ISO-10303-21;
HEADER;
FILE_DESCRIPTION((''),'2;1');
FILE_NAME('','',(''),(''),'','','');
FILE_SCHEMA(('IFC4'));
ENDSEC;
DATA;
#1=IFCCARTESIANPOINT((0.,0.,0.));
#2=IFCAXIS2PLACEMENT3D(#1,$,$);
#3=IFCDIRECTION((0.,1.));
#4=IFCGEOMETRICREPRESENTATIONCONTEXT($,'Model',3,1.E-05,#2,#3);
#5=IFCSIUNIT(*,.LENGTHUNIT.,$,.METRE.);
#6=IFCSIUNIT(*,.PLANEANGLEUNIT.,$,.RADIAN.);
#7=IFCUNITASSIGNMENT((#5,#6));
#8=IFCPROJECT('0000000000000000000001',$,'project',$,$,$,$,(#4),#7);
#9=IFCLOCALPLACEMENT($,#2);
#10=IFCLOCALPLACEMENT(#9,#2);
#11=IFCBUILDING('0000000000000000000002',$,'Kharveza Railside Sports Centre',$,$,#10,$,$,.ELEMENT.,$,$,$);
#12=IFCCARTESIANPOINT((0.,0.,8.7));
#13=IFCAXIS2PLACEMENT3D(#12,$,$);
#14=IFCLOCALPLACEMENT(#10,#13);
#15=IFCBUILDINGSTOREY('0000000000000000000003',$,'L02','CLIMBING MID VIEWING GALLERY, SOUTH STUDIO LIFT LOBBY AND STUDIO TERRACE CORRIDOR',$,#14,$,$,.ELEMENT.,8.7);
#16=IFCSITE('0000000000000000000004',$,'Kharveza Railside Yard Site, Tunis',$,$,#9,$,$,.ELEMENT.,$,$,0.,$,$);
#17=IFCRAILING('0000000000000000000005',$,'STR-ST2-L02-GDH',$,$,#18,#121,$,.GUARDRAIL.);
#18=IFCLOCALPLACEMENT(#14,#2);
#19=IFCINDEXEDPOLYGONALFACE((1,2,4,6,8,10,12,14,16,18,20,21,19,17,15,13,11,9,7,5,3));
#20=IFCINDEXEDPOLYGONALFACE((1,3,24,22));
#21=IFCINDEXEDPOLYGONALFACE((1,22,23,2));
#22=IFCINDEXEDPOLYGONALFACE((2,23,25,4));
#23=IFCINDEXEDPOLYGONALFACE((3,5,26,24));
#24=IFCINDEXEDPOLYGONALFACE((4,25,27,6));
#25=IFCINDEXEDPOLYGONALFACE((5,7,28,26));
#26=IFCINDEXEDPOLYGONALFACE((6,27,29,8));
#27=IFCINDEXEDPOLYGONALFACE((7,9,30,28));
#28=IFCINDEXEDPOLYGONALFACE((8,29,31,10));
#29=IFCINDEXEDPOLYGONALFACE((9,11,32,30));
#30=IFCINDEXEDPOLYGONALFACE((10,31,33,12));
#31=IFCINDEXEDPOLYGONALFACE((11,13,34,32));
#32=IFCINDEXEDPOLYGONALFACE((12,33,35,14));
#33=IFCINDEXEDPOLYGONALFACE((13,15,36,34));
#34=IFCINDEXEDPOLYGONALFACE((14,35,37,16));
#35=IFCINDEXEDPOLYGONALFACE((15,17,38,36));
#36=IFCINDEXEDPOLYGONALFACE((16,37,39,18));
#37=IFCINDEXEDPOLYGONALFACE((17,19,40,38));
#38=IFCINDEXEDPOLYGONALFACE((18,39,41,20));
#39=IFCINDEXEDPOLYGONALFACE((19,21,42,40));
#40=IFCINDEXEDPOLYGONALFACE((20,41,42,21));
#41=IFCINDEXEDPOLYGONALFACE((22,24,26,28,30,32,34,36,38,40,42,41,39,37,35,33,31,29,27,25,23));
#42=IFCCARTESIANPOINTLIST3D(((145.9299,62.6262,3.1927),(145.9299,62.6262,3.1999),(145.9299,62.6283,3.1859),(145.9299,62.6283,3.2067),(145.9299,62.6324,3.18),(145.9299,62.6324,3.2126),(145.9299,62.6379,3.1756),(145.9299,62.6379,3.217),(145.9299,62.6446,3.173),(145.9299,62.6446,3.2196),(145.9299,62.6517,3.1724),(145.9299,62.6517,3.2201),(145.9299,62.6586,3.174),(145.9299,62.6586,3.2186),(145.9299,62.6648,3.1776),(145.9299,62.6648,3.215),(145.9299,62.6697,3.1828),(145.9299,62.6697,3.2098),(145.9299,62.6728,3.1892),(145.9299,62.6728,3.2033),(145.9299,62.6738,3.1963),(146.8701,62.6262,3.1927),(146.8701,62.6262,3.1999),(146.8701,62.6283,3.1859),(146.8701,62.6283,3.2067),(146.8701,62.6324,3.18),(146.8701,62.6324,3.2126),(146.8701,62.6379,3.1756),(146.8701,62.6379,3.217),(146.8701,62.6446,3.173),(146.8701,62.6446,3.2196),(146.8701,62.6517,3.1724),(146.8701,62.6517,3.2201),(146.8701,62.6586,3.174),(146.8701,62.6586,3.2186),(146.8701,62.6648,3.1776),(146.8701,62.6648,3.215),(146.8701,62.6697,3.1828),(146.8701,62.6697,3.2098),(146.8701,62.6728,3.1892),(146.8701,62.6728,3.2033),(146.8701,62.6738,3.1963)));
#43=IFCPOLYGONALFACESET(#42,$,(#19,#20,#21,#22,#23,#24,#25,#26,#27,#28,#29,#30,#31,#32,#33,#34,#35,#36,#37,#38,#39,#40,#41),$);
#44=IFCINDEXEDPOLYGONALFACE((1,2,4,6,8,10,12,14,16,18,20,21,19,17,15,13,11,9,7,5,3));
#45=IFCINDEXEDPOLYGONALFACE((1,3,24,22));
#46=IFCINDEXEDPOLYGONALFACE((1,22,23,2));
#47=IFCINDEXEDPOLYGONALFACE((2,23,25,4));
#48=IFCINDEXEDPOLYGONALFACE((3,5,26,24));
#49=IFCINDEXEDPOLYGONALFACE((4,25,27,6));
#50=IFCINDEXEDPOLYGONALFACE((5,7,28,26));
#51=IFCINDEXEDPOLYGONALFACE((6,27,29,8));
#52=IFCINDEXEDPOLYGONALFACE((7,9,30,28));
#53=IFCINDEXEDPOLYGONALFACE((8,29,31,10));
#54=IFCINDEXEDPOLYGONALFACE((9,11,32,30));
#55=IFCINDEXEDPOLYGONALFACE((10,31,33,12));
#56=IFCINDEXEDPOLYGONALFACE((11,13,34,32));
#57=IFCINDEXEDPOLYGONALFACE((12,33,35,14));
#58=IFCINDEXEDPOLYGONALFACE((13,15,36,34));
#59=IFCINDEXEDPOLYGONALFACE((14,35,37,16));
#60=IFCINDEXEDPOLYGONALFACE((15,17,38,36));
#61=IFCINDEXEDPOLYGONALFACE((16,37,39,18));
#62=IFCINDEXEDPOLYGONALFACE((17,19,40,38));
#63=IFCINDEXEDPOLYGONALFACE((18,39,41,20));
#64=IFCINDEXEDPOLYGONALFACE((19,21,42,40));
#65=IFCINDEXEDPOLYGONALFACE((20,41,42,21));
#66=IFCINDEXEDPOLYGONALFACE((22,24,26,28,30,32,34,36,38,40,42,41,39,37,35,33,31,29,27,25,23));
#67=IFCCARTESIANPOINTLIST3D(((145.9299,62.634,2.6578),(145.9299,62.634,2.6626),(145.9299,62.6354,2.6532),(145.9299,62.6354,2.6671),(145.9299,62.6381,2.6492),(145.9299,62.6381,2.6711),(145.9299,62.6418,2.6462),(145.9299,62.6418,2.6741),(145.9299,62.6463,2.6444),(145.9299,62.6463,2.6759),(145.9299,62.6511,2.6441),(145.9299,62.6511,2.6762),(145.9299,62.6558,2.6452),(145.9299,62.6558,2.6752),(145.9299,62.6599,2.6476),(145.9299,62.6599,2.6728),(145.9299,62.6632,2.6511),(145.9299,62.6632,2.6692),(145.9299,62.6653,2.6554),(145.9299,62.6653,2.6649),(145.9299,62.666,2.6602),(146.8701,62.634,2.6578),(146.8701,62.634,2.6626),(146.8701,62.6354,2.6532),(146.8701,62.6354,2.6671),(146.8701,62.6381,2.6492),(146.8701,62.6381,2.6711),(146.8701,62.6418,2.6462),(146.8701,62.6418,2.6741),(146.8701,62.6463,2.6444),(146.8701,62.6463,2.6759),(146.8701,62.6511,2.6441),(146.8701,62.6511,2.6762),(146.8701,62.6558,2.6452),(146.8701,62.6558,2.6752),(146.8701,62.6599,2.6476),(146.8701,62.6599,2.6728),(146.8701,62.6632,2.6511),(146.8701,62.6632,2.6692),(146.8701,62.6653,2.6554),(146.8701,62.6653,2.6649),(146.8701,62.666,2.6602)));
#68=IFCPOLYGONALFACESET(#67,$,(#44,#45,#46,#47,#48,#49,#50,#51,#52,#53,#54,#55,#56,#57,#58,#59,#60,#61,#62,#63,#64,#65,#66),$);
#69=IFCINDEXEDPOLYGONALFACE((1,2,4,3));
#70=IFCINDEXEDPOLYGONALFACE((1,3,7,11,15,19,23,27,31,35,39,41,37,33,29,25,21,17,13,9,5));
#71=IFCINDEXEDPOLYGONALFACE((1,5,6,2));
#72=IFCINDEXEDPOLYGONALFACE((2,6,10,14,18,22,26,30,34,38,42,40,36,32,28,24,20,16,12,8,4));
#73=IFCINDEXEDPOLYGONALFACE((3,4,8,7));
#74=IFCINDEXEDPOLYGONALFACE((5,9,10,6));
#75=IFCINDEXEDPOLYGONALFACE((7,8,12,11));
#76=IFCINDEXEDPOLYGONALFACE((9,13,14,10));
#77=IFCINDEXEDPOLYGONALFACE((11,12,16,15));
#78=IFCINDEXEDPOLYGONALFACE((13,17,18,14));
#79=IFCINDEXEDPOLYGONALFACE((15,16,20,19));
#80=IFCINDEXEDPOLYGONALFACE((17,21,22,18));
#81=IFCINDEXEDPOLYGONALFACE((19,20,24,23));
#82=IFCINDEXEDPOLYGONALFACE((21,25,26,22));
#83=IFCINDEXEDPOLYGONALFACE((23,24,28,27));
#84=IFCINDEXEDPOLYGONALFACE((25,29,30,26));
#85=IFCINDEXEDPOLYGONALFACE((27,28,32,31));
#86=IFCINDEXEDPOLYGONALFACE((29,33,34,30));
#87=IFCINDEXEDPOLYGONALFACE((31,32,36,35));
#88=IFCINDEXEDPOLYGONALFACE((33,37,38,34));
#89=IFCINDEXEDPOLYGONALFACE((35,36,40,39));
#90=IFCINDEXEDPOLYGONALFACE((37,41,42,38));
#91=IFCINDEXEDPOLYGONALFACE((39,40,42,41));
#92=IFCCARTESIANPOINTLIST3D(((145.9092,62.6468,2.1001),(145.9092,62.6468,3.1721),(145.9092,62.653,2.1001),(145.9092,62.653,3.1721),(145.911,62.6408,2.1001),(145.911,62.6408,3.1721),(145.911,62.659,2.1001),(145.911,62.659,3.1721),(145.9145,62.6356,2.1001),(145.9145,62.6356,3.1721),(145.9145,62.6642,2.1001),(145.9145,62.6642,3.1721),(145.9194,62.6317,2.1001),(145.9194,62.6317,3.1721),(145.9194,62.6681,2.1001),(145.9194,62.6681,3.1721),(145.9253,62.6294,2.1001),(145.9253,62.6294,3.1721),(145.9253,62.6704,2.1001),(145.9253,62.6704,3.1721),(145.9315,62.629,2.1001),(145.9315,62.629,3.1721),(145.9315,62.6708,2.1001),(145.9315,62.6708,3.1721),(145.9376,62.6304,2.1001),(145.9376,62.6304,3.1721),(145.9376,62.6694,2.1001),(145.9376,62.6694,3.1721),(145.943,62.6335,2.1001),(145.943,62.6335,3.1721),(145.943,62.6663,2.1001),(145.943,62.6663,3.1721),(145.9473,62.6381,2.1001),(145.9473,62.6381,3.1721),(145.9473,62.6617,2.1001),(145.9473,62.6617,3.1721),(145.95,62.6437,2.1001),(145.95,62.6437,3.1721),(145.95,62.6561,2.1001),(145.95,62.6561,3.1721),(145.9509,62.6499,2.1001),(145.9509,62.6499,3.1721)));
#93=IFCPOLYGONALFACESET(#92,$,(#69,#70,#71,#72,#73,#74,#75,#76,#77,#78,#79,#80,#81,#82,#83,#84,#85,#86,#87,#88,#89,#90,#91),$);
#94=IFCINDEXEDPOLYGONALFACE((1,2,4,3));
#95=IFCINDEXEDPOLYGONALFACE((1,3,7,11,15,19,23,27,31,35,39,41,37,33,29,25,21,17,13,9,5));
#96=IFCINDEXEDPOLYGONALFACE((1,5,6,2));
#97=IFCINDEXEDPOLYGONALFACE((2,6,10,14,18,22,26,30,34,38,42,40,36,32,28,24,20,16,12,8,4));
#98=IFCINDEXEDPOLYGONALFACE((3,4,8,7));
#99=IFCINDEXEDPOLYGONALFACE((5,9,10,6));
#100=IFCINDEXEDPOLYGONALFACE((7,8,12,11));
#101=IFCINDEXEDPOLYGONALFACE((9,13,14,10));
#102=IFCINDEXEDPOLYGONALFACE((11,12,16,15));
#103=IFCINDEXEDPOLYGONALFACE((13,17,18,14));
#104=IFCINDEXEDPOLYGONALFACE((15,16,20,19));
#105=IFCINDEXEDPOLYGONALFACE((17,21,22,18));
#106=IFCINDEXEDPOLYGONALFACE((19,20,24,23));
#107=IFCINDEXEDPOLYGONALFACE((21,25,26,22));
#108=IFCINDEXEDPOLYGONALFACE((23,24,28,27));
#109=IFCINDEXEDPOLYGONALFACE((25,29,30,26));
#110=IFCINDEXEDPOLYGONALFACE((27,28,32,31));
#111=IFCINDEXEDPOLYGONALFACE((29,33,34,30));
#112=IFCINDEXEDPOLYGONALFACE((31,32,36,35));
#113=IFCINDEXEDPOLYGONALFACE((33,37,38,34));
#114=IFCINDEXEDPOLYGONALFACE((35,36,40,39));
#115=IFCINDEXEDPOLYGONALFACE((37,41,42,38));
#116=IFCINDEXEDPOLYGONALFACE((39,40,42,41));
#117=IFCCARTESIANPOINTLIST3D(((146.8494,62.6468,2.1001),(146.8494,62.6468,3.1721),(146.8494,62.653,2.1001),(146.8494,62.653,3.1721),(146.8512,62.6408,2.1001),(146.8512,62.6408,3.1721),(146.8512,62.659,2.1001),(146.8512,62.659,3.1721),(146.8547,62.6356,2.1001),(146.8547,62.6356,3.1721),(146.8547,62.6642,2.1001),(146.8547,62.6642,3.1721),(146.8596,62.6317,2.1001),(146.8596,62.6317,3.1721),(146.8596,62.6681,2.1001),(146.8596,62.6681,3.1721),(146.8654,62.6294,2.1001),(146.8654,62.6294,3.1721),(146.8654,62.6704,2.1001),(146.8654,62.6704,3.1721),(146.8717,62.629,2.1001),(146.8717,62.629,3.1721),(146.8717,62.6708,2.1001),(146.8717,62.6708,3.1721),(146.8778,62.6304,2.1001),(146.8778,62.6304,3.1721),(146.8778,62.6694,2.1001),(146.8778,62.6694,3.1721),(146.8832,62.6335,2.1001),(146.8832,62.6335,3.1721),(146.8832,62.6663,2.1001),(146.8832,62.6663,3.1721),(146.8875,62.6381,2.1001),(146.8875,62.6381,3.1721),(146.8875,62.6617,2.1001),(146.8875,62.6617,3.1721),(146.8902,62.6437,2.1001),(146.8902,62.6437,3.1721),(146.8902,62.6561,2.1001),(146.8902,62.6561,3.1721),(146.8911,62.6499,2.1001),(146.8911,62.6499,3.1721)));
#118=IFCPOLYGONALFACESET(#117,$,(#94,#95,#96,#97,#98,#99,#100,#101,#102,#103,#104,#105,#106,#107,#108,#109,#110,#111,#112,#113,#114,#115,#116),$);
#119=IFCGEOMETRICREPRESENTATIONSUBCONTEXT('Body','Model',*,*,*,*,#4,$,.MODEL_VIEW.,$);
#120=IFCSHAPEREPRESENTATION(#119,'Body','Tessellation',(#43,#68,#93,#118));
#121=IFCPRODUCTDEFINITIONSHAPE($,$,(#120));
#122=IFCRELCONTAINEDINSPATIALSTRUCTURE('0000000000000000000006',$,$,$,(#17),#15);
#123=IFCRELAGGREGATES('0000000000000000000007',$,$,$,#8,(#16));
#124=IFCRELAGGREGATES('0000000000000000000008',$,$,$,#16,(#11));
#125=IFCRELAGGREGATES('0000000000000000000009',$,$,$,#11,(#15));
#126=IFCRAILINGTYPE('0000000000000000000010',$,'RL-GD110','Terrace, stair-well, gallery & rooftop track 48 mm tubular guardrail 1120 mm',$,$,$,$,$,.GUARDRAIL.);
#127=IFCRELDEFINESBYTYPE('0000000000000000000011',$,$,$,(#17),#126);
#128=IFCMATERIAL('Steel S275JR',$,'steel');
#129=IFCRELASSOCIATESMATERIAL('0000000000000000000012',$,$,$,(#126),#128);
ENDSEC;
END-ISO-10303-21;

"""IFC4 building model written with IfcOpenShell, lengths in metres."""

from ifc_helpers import new_model, si_unit, direction, frame, origin, origin_2d, place, context, subcontext, project, spatial, circle, extrude, material, type_object, element, save


model = new_model("IFC4")

# Units and contexts
model_context = context("Model", 3, precision=1e-05, world=origin(), true_north=direction((0.0, 1.0)))
body_context = subcontext(model_context, "Body", "Model", "MODEL_VIEW")
ifc_project = project(units=[si_unit("LENGTHUNIT", "METRE"), si_unit("PLANEANGLEUNIT", "RADIAN")], contexts=[model_context])

# Site, building, storey
site_placement = place(None, origin())
site = spatial("IfcSite", under=ifc_project, at=site_placement, Name="Kharveza Railside Yard Site, Tunis", CompositionType="ELEMENT", RefElevation=0.0)
building_placement = place(site_placement, origin())
building = spatial("IfcBuilding", under=site, at=building_placement, Name="Kharveza Railside Sports Centre", CompositionType="ELEMENT")
storey_placement = place(building_placement, frame((0.0, 0.0, 8.7)))
storey = spatial("IfcBuildingStorey", under=building, at=storey_placement, Name="L02", Description="CLIMBING MID VIEWING GALLERY, SOUTH STUDIO LIFT LOBBY AND STUDIO TERRACE CORRIDOR", CompositionType="ELEMENT", Elevation=8.7)

# Railing
ifc_material_1 = material(Name="Steel S275JR", Category="steel")
railing_type_1 = type_object("IfcRailingType", Name="RL-GD110", Description="Terrace, stair-well, gallery & rooftop track 48 mm tubular guardrail 1120 mm", PredefinedType="GUARDRAIL", material=ifc_material_1)
railing_1_placement = place(storey_placement, frame((145.9299, 62.6499, 2.1001)))
element("IfcRailing", 1, at=railing_1_placement, inside=storey, type_object=railing_type_1, Name="STR-ST2-L02-GDH", PredefinedType="GUARDRAIL", context=body_context, shape_type="SweptSolid", body=[
    extrude(circle(Radius=0.0239, at=origin_2d()), frame((0.0, 0.0, 1.0962), z_axis=(1.0, 0.0, 0.0), x_axis=(0.0, 1.0, 0.0)), (0.0, 0.0, 1.0), 0.9402),
    extrude(circle(Radius=0.0161, at=origin_2d()), frame((0.0, 0.0, 0.5601), z_axis=(1.0, 0.0, 0.0), x_axis=(0.0, 1.0, 0.0)), (0.0, 0.0, 1.0), 0.9402),
    extrude(circle(Radius=0.021, at=origin_2d()), origin(), (0.0, 0.0, 1.0), 1.072),
    extrude(circle(Radius=0.021, at=origin_2d()), frame((0.9402, 0.0, 0.0)), (0.0, 0.0, 1.0), 1.072),
])

save(model, "model.ifc")
